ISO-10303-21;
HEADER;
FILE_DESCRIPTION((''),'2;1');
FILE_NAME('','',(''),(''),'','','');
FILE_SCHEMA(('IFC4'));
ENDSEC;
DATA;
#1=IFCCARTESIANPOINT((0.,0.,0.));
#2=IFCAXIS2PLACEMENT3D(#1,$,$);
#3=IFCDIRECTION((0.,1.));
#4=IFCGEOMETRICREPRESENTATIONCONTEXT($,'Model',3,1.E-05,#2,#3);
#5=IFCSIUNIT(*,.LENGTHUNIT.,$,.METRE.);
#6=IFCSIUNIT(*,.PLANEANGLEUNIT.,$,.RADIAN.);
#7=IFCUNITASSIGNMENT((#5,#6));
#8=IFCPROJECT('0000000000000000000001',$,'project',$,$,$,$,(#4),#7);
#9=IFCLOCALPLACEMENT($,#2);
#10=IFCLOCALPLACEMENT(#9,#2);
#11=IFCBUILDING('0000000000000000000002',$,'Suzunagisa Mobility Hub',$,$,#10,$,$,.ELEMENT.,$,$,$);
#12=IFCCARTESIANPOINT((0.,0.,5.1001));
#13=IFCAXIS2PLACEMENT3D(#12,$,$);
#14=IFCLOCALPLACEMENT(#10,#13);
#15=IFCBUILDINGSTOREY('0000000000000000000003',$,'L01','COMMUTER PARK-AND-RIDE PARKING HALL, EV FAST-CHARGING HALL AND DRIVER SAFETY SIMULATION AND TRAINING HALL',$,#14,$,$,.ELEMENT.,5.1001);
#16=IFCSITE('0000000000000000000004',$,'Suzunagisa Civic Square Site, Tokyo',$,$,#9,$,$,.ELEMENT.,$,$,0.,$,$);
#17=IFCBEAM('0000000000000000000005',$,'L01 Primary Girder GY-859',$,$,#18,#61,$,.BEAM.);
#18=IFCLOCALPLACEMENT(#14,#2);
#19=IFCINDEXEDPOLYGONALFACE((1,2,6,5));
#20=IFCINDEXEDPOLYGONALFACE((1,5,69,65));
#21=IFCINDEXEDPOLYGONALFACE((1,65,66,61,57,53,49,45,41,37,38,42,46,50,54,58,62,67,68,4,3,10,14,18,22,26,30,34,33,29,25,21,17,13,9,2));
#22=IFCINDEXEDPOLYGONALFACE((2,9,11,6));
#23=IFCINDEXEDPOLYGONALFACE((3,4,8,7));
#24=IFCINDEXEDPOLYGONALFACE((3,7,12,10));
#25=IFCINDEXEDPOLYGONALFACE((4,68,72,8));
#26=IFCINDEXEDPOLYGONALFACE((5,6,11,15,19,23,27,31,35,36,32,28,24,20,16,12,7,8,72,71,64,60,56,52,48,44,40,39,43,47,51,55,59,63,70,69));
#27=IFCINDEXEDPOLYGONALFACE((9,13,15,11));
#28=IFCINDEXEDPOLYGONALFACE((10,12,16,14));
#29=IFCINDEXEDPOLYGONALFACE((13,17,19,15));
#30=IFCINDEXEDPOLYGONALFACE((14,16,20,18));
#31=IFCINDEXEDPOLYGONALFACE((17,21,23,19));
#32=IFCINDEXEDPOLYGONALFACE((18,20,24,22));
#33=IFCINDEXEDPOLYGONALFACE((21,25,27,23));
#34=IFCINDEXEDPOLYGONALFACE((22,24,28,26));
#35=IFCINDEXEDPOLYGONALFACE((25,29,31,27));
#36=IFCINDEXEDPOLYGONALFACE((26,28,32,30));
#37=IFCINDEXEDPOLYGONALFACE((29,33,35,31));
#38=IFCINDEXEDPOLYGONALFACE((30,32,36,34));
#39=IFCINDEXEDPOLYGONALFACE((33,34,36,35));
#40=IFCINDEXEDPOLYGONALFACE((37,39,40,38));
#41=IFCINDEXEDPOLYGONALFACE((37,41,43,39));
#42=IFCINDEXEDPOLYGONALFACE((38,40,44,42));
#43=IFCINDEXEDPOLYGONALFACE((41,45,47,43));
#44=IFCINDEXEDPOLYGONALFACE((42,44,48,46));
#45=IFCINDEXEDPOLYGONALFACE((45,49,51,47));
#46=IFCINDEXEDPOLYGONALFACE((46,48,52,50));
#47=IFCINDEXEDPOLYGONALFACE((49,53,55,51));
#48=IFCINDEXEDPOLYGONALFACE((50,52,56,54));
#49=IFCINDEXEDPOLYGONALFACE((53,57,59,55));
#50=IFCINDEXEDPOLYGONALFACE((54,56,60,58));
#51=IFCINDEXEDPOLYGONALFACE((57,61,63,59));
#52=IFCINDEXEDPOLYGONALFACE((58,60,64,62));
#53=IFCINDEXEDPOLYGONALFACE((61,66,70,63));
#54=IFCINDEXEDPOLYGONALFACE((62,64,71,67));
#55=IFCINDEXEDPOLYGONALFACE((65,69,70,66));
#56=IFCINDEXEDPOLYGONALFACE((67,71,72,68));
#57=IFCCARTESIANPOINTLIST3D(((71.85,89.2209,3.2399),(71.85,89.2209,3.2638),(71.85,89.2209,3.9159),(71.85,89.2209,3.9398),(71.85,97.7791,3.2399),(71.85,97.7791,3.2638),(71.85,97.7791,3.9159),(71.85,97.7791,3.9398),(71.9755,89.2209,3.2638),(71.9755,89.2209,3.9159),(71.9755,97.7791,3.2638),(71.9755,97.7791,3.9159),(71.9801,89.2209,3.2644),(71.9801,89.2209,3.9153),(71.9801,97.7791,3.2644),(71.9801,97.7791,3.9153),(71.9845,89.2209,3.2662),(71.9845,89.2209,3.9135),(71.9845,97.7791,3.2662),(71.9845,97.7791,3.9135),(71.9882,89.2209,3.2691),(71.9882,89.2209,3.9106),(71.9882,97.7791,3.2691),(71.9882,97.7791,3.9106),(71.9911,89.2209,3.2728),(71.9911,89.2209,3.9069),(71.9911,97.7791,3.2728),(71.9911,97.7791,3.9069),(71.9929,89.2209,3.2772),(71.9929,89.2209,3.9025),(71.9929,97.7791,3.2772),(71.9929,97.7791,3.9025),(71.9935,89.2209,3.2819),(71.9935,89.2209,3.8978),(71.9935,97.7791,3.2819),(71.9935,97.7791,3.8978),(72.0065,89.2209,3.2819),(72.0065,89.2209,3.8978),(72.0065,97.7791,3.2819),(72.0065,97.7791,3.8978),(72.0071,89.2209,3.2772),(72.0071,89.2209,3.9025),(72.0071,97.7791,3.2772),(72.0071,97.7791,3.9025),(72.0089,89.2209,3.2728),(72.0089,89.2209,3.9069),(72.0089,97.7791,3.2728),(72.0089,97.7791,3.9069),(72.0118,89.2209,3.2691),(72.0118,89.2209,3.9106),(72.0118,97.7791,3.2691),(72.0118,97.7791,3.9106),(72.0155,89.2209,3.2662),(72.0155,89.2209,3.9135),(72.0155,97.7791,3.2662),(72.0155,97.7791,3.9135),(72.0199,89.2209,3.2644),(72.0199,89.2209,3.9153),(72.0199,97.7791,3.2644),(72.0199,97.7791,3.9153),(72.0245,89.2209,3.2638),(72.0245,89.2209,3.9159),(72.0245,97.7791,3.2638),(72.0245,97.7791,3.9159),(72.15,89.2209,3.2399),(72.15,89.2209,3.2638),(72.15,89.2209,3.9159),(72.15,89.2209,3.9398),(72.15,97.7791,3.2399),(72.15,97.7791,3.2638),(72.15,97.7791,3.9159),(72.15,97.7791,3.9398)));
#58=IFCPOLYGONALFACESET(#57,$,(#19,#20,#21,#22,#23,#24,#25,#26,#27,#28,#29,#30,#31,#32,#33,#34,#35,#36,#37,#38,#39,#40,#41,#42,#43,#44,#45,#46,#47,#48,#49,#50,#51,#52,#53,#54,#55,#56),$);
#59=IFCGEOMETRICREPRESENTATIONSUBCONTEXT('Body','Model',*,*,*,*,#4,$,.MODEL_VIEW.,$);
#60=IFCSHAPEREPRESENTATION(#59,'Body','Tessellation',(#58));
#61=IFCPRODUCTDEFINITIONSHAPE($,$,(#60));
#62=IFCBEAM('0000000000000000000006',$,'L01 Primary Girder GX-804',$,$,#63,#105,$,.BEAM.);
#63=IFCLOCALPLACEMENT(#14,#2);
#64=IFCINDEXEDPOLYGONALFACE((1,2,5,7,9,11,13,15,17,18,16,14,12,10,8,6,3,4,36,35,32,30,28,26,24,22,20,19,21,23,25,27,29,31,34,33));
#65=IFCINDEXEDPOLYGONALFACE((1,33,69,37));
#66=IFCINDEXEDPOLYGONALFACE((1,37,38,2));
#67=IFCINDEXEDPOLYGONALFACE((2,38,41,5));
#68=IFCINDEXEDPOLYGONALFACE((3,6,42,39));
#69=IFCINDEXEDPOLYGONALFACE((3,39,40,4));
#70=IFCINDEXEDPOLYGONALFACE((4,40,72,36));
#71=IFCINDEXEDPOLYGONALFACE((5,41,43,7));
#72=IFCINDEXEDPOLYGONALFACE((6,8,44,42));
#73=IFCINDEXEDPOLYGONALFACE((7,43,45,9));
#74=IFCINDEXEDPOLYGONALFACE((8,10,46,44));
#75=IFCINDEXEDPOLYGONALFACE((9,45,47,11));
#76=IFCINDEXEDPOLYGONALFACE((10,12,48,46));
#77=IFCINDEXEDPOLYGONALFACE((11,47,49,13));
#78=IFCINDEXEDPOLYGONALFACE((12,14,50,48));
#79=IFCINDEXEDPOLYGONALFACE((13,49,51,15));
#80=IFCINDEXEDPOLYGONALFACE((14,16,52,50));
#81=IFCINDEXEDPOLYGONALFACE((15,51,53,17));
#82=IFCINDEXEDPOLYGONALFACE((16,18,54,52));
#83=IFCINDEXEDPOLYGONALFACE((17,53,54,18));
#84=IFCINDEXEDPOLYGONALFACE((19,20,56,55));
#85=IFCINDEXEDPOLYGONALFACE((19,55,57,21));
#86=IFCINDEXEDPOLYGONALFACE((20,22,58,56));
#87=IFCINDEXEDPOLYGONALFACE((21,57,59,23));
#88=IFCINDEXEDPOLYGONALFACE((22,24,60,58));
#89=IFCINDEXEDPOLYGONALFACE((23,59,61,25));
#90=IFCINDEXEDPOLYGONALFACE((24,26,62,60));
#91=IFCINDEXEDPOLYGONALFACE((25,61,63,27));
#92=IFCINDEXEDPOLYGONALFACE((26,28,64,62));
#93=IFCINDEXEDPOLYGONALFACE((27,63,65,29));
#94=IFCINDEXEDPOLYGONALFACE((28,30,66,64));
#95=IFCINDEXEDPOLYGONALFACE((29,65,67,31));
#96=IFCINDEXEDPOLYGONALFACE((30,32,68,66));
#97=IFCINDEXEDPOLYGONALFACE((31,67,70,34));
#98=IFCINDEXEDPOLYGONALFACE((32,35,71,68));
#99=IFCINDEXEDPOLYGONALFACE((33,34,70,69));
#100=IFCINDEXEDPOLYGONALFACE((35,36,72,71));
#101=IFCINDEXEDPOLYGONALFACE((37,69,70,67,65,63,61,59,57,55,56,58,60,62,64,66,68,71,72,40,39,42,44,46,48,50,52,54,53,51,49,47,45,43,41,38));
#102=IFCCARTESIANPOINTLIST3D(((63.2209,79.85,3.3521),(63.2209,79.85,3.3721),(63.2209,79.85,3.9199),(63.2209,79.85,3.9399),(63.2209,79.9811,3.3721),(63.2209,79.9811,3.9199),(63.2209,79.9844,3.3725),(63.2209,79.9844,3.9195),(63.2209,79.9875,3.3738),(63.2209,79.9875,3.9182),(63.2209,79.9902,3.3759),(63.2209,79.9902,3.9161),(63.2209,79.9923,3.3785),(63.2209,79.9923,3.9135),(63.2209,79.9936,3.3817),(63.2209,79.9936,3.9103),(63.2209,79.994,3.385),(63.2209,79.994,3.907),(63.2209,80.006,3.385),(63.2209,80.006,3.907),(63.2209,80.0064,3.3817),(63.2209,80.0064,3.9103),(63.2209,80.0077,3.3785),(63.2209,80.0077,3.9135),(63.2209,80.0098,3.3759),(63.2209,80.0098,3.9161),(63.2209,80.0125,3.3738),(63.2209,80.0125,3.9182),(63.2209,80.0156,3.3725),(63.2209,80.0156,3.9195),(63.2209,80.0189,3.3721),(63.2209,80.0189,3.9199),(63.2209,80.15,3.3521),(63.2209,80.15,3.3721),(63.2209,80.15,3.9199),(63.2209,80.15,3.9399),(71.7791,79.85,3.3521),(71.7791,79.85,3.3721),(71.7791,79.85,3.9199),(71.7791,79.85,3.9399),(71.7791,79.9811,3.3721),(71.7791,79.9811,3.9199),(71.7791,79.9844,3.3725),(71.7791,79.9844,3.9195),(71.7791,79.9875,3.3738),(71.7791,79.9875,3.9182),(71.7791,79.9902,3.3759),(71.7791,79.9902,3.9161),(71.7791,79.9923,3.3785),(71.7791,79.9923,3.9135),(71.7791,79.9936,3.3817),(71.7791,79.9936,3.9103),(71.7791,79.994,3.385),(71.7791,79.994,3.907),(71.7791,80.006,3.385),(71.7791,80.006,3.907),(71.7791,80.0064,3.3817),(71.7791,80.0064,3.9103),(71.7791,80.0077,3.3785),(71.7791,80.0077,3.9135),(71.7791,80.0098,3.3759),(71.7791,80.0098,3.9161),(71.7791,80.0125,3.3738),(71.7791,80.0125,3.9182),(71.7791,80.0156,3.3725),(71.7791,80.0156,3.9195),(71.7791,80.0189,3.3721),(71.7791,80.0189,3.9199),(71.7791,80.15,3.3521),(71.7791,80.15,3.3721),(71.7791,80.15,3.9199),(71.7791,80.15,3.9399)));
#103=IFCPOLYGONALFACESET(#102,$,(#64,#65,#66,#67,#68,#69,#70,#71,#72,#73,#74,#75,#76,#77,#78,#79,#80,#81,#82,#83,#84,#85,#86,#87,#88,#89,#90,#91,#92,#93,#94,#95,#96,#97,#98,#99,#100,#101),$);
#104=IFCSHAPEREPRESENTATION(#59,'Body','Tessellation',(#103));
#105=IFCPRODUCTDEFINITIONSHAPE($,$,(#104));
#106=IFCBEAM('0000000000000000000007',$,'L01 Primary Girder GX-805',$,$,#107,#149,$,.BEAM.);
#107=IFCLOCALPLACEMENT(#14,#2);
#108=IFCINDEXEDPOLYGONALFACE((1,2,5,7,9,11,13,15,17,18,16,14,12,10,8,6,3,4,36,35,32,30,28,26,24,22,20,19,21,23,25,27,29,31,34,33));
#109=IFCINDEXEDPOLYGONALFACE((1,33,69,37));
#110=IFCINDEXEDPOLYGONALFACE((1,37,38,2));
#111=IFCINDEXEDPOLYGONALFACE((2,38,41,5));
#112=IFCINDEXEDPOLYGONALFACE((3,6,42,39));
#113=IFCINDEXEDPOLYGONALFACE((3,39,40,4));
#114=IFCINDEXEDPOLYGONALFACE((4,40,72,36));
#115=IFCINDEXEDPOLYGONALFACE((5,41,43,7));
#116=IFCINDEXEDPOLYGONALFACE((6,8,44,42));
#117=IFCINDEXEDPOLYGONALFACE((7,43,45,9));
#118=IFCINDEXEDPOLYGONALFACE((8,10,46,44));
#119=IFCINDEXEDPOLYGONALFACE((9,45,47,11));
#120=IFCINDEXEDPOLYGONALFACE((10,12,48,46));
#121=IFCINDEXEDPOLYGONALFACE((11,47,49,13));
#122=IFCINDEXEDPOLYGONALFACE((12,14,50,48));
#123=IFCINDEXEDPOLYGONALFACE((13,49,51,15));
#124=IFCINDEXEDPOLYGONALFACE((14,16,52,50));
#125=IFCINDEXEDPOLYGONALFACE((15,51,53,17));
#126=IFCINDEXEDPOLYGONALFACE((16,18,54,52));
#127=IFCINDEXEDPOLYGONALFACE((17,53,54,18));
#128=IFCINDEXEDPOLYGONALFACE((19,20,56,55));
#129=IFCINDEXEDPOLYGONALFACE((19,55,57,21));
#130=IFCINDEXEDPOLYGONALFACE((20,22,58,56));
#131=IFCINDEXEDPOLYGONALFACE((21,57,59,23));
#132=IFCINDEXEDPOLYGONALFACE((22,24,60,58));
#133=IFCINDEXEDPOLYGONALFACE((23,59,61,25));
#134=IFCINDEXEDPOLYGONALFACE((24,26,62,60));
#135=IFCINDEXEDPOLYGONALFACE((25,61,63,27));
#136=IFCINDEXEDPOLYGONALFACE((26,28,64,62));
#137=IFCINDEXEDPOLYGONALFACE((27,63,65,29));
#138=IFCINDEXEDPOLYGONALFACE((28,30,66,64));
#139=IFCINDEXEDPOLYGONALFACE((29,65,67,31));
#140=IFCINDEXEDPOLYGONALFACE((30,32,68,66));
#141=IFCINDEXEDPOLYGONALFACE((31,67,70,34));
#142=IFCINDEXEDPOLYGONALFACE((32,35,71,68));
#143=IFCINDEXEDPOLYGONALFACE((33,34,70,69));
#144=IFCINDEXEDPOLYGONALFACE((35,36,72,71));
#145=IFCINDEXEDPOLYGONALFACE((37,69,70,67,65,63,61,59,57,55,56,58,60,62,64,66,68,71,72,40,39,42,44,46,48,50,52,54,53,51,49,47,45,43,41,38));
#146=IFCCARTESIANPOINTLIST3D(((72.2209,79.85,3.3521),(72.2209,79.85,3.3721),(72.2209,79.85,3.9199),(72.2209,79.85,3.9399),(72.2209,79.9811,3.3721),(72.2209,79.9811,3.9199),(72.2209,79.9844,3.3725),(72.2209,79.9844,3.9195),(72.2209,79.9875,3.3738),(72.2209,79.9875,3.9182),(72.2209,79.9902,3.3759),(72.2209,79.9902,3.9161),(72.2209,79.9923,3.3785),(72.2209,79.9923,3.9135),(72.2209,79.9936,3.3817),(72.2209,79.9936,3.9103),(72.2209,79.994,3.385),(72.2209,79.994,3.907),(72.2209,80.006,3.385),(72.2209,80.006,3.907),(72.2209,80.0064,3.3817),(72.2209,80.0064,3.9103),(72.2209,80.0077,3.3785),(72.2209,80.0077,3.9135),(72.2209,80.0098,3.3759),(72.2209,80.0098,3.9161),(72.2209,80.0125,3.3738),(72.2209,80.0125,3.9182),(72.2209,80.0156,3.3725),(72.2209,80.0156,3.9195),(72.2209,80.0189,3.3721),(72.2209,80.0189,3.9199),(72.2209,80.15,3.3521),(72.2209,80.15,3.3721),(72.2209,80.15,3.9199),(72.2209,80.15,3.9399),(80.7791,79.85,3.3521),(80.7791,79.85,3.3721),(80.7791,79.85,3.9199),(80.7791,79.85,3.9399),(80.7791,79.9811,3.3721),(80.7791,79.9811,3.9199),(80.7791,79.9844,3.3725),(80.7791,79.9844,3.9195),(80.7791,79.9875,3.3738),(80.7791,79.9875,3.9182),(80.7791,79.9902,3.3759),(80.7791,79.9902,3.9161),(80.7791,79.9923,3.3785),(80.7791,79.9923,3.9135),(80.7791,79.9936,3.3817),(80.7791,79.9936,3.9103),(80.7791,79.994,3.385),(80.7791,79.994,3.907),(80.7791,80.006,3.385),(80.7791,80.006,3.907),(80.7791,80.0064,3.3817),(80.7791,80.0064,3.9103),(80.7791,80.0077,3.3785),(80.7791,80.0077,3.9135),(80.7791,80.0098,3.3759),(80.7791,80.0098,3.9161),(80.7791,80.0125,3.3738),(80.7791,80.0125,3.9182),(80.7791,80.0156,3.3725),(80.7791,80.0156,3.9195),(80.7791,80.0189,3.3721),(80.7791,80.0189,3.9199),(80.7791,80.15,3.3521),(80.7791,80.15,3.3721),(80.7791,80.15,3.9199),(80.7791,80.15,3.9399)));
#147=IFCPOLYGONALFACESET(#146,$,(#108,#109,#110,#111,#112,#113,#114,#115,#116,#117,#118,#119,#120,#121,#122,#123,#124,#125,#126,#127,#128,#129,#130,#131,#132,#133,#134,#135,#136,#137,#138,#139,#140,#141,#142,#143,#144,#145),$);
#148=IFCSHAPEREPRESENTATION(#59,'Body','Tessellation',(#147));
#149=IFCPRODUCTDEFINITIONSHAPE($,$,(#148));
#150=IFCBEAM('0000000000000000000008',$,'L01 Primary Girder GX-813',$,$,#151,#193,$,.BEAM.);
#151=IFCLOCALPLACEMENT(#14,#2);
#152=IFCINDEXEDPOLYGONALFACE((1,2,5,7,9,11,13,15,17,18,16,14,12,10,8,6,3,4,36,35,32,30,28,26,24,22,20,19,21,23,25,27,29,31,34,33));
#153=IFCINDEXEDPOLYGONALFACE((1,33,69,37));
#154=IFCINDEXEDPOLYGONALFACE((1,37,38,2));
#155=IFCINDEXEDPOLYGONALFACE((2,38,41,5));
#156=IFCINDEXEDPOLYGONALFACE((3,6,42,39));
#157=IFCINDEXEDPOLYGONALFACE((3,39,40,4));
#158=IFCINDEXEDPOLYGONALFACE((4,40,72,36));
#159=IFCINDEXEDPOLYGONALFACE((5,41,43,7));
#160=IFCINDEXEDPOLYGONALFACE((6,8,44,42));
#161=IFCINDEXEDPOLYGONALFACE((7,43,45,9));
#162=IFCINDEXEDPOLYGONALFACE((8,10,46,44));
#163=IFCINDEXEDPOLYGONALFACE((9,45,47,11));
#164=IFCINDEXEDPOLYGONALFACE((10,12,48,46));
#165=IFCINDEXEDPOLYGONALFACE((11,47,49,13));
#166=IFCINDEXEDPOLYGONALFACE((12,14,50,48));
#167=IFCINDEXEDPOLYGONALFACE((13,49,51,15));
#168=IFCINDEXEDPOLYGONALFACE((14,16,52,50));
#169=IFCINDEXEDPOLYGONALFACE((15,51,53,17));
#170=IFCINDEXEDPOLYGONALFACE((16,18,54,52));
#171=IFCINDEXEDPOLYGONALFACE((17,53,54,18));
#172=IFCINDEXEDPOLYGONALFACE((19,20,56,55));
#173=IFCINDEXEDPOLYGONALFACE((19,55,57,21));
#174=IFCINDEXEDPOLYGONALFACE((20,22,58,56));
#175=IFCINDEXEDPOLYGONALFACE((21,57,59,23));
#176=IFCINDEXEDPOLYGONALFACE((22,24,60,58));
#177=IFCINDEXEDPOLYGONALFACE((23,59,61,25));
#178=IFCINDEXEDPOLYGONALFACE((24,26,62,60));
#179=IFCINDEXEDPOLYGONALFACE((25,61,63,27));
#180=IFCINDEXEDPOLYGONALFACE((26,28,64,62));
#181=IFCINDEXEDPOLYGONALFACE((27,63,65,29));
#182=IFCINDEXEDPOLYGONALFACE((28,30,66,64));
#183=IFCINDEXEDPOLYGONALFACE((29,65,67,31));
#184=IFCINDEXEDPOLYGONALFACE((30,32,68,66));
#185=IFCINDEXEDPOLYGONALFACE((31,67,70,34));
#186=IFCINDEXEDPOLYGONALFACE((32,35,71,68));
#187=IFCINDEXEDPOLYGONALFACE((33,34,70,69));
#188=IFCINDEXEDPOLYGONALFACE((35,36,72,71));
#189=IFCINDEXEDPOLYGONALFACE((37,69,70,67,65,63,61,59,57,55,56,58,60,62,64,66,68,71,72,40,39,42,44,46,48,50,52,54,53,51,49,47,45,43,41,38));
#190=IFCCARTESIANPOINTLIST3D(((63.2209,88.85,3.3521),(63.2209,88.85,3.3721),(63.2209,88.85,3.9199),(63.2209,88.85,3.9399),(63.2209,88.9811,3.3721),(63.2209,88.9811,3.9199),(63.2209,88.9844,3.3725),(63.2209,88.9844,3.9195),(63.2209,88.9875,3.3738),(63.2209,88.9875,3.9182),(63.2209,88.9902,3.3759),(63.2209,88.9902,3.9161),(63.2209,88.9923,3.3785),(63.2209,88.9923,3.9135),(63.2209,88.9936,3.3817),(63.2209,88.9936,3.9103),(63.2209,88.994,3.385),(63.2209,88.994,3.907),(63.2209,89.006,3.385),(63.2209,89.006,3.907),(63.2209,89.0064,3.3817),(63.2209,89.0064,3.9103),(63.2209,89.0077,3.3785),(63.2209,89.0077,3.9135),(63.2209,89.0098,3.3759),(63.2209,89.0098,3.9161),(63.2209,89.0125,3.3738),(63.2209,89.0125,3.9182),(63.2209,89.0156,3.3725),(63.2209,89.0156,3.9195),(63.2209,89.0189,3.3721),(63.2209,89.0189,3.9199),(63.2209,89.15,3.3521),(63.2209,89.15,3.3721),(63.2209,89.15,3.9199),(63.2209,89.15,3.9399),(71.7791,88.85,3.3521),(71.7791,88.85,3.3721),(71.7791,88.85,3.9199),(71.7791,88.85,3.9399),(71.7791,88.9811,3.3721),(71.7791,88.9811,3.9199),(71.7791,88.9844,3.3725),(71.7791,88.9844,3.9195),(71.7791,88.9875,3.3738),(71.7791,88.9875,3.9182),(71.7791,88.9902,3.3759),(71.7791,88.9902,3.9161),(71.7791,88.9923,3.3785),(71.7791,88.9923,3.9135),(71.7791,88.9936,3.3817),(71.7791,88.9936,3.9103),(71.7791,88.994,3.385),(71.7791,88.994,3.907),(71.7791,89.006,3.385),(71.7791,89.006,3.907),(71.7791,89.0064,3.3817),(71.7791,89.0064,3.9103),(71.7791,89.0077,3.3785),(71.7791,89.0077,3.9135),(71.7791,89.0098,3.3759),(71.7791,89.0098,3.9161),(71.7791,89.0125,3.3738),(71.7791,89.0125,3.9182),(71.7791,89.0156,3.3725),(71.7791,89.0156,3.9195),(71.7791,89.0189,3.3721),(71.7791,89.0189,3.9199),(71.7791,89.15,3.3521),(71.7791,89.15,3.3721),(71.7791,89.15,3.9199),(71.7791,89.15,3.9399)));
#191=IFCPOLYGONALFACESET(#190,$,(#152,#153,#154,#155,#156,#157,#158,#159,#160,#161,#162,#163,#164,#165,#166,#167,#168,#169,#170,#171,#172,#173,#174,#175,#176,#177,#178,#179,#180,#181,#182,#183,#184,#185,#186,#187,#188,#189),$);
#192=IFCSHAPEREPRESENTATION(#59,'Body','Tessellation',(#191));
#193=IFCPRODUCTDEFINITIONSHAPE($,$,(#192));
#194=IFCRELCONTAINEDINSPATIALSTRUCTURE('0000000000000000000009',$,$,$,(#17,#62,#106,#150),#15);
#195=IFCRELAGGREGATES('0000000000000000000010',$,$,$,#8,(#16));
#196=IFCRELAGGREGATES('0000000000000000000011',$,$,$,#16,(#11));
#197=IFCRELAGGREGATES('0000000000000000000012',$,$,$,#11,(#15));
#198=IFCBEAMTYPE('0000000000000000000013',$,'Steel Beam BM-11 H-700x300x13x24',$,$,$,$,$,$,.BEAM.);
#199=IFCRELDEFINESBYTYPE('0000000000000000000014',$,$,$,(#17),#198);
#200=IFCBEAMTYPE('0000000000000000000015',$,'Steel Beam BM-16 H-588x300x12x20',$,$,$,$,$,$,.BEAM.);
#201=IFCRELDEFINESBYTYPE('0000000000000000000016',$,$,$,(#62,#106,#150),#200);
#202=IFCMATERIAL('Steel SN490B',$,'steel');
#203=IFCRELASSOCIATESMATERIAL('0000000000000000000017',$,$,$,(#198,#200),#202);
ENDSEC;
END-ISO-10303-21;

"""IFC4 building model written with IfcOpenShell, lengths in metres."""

from ifc_helpers import new_model, si_unit, direction, frame, origin, origin_2d, place, context, subcontext, project, spatial, i_section, extrude, material, material_profile, profile_set, type_object, element, save


model = new_model("IFC4")

# Units and contexts
model_context = context("Model", 3, precision=1e-05, world=origin(), true_north=direction((0.0, 1.0)))
body_context = subcontext(model_context, "Body", "Model", "MODEL_VIEW")
ifc_project = project(units=[si_unit("LENGTHUNIT", "METRE"), si_unit("PLANEANGLEUNIT", "RADIAN")], contexts=[model_context])

# Site, building, storey
site_placement = place(None, origin())
site = spatial("IfcSite", under=ifc_project, at=site_placement, Name="Suzunagisa Civic Square Site, Tokyo", CompositionType="ELEMENT", RefElevation=0.0)
building_placement = place(site_placement, origin())
building = spatial("IfcBuilding", under=site, at=building_placement, Name="Suzunagisa Mobility Hub", CompositionType="ELEMENT")
storey_placement = place(building_placement, frame((0.0, 0.0, 5.1001)))
storey = spatial("IfcBuildingStorey", under=building, at=storey_placement, Name="L01", Description="COMMUTER PARK-AND-RIDE PARKING HALL, EV FAST-CHARGING HALL AND DRIVER SAFETY SIMULATION AND TRAINING HALL", CompositionType="ELEMENT", Elevation=5.1001)

# Shared definitions
ifc_material_1 = material(Name="Steel SN490B", Category="steel")

# Beams
ifc_material_profile_1 = material_profile(ifc_material_1, i_section(OverallWidth=0.3, OverallDepth=0.7, WebThickness=0.0129, FlangeThickness=0.0239, FilletRadius=0.0181, at=origin_2d()), Name="H-700x300x13x24")
ifc_profile_set_1 = profile_set([ifc_material_profile_1], Name="Steel SN490B")
beam_type_1 = type_object("IfcBeamType", Name="Steel Beam BM-11 H-700x300x13x24", PredefinedType="BEAM", material=ifc_profile_set_1)
for number, where, z_axis, x_axis, name in (
    (1, (72.0, 89.2209, 3.5898), (0.0, 1.0, 0.0), (-1.0, 0.0, 0.0), "L01 Primary Girder GY-859"),
):
    element("IfcBeam", number, at=place(storey_placement, frame(where, z_axis=z_axis, x_axis=x_axis)), inside=storey, type_object=beam_type_1, Name=name, PredefinedType="BEAM", context=body_context, shape_type="SweptSolid", body=[
        extrude(i_section(OverallWidth=0.3, OverallDepth=0.7, WebThickness=0.0129, FlangeThickness=0.0239, FilletRadius=0.0181, at=origin_2d()), origin(), (0.0, 0.0, 1.0), 8.5581),
    ])
ifc_material_profile_2 = material_profile(ifc_material_1, i_section(OverallWidth=0.3, OverallDepth=0.5879, WebThickness=0.012, FlangeThickness=0.02, FilletRadius=0.0129, at=origin_2d()), Name="H-588x300x12x20")
ifc_profile_set_2 = profile_set([ifc_material_profile_2], Name="Steel SN490B")
beam_type_2 = type_object("IfcBeamType", Name="Steel Beam BM-16 H-588x300x12x20", PredefinedType="BEAM", material=ifc_profile_set_2)
for number, where, z_axis, x_axis, name in (
    (2, (63.2209, 80.0, 3.646), (1.0, 0.0, 0.0), (0.0, 1.0, 0.0), "L01 Primary Girder GX-804"),
    (3, (72.2209, 80.0, 3.646), (1.0, 0.0, 0.0), (0.0, 1.0, 0.0), "L01 Primary Girder GX-805"),
    (4, (63.2209, 89.0, 3.646), (1.0, 0.0, 0.0), (0.0, 1.0, 0.0), "L01 Primary Girder GX-813"),
):
    element("IfcBeam", number, at=place(storey_placement, frame(where, z_axis=z_axis, x_axis=x_axis)), inside=storey, type_object=beam_type_2, Name=name, PredefinedType="BEAM", context=body_context, shape_type="SweptSolid", body=[
        extrude(i_section(OverallWidth=0.3, OverallDepth=0.5879, WebThickness=0.012, FlangeThickness=0.02, FilletRadius=0.0129, at=origin_2d()), origin(), (0.0, 0.0, 1.0), 8.5581),
    ])

save(model, "model.ifc")
